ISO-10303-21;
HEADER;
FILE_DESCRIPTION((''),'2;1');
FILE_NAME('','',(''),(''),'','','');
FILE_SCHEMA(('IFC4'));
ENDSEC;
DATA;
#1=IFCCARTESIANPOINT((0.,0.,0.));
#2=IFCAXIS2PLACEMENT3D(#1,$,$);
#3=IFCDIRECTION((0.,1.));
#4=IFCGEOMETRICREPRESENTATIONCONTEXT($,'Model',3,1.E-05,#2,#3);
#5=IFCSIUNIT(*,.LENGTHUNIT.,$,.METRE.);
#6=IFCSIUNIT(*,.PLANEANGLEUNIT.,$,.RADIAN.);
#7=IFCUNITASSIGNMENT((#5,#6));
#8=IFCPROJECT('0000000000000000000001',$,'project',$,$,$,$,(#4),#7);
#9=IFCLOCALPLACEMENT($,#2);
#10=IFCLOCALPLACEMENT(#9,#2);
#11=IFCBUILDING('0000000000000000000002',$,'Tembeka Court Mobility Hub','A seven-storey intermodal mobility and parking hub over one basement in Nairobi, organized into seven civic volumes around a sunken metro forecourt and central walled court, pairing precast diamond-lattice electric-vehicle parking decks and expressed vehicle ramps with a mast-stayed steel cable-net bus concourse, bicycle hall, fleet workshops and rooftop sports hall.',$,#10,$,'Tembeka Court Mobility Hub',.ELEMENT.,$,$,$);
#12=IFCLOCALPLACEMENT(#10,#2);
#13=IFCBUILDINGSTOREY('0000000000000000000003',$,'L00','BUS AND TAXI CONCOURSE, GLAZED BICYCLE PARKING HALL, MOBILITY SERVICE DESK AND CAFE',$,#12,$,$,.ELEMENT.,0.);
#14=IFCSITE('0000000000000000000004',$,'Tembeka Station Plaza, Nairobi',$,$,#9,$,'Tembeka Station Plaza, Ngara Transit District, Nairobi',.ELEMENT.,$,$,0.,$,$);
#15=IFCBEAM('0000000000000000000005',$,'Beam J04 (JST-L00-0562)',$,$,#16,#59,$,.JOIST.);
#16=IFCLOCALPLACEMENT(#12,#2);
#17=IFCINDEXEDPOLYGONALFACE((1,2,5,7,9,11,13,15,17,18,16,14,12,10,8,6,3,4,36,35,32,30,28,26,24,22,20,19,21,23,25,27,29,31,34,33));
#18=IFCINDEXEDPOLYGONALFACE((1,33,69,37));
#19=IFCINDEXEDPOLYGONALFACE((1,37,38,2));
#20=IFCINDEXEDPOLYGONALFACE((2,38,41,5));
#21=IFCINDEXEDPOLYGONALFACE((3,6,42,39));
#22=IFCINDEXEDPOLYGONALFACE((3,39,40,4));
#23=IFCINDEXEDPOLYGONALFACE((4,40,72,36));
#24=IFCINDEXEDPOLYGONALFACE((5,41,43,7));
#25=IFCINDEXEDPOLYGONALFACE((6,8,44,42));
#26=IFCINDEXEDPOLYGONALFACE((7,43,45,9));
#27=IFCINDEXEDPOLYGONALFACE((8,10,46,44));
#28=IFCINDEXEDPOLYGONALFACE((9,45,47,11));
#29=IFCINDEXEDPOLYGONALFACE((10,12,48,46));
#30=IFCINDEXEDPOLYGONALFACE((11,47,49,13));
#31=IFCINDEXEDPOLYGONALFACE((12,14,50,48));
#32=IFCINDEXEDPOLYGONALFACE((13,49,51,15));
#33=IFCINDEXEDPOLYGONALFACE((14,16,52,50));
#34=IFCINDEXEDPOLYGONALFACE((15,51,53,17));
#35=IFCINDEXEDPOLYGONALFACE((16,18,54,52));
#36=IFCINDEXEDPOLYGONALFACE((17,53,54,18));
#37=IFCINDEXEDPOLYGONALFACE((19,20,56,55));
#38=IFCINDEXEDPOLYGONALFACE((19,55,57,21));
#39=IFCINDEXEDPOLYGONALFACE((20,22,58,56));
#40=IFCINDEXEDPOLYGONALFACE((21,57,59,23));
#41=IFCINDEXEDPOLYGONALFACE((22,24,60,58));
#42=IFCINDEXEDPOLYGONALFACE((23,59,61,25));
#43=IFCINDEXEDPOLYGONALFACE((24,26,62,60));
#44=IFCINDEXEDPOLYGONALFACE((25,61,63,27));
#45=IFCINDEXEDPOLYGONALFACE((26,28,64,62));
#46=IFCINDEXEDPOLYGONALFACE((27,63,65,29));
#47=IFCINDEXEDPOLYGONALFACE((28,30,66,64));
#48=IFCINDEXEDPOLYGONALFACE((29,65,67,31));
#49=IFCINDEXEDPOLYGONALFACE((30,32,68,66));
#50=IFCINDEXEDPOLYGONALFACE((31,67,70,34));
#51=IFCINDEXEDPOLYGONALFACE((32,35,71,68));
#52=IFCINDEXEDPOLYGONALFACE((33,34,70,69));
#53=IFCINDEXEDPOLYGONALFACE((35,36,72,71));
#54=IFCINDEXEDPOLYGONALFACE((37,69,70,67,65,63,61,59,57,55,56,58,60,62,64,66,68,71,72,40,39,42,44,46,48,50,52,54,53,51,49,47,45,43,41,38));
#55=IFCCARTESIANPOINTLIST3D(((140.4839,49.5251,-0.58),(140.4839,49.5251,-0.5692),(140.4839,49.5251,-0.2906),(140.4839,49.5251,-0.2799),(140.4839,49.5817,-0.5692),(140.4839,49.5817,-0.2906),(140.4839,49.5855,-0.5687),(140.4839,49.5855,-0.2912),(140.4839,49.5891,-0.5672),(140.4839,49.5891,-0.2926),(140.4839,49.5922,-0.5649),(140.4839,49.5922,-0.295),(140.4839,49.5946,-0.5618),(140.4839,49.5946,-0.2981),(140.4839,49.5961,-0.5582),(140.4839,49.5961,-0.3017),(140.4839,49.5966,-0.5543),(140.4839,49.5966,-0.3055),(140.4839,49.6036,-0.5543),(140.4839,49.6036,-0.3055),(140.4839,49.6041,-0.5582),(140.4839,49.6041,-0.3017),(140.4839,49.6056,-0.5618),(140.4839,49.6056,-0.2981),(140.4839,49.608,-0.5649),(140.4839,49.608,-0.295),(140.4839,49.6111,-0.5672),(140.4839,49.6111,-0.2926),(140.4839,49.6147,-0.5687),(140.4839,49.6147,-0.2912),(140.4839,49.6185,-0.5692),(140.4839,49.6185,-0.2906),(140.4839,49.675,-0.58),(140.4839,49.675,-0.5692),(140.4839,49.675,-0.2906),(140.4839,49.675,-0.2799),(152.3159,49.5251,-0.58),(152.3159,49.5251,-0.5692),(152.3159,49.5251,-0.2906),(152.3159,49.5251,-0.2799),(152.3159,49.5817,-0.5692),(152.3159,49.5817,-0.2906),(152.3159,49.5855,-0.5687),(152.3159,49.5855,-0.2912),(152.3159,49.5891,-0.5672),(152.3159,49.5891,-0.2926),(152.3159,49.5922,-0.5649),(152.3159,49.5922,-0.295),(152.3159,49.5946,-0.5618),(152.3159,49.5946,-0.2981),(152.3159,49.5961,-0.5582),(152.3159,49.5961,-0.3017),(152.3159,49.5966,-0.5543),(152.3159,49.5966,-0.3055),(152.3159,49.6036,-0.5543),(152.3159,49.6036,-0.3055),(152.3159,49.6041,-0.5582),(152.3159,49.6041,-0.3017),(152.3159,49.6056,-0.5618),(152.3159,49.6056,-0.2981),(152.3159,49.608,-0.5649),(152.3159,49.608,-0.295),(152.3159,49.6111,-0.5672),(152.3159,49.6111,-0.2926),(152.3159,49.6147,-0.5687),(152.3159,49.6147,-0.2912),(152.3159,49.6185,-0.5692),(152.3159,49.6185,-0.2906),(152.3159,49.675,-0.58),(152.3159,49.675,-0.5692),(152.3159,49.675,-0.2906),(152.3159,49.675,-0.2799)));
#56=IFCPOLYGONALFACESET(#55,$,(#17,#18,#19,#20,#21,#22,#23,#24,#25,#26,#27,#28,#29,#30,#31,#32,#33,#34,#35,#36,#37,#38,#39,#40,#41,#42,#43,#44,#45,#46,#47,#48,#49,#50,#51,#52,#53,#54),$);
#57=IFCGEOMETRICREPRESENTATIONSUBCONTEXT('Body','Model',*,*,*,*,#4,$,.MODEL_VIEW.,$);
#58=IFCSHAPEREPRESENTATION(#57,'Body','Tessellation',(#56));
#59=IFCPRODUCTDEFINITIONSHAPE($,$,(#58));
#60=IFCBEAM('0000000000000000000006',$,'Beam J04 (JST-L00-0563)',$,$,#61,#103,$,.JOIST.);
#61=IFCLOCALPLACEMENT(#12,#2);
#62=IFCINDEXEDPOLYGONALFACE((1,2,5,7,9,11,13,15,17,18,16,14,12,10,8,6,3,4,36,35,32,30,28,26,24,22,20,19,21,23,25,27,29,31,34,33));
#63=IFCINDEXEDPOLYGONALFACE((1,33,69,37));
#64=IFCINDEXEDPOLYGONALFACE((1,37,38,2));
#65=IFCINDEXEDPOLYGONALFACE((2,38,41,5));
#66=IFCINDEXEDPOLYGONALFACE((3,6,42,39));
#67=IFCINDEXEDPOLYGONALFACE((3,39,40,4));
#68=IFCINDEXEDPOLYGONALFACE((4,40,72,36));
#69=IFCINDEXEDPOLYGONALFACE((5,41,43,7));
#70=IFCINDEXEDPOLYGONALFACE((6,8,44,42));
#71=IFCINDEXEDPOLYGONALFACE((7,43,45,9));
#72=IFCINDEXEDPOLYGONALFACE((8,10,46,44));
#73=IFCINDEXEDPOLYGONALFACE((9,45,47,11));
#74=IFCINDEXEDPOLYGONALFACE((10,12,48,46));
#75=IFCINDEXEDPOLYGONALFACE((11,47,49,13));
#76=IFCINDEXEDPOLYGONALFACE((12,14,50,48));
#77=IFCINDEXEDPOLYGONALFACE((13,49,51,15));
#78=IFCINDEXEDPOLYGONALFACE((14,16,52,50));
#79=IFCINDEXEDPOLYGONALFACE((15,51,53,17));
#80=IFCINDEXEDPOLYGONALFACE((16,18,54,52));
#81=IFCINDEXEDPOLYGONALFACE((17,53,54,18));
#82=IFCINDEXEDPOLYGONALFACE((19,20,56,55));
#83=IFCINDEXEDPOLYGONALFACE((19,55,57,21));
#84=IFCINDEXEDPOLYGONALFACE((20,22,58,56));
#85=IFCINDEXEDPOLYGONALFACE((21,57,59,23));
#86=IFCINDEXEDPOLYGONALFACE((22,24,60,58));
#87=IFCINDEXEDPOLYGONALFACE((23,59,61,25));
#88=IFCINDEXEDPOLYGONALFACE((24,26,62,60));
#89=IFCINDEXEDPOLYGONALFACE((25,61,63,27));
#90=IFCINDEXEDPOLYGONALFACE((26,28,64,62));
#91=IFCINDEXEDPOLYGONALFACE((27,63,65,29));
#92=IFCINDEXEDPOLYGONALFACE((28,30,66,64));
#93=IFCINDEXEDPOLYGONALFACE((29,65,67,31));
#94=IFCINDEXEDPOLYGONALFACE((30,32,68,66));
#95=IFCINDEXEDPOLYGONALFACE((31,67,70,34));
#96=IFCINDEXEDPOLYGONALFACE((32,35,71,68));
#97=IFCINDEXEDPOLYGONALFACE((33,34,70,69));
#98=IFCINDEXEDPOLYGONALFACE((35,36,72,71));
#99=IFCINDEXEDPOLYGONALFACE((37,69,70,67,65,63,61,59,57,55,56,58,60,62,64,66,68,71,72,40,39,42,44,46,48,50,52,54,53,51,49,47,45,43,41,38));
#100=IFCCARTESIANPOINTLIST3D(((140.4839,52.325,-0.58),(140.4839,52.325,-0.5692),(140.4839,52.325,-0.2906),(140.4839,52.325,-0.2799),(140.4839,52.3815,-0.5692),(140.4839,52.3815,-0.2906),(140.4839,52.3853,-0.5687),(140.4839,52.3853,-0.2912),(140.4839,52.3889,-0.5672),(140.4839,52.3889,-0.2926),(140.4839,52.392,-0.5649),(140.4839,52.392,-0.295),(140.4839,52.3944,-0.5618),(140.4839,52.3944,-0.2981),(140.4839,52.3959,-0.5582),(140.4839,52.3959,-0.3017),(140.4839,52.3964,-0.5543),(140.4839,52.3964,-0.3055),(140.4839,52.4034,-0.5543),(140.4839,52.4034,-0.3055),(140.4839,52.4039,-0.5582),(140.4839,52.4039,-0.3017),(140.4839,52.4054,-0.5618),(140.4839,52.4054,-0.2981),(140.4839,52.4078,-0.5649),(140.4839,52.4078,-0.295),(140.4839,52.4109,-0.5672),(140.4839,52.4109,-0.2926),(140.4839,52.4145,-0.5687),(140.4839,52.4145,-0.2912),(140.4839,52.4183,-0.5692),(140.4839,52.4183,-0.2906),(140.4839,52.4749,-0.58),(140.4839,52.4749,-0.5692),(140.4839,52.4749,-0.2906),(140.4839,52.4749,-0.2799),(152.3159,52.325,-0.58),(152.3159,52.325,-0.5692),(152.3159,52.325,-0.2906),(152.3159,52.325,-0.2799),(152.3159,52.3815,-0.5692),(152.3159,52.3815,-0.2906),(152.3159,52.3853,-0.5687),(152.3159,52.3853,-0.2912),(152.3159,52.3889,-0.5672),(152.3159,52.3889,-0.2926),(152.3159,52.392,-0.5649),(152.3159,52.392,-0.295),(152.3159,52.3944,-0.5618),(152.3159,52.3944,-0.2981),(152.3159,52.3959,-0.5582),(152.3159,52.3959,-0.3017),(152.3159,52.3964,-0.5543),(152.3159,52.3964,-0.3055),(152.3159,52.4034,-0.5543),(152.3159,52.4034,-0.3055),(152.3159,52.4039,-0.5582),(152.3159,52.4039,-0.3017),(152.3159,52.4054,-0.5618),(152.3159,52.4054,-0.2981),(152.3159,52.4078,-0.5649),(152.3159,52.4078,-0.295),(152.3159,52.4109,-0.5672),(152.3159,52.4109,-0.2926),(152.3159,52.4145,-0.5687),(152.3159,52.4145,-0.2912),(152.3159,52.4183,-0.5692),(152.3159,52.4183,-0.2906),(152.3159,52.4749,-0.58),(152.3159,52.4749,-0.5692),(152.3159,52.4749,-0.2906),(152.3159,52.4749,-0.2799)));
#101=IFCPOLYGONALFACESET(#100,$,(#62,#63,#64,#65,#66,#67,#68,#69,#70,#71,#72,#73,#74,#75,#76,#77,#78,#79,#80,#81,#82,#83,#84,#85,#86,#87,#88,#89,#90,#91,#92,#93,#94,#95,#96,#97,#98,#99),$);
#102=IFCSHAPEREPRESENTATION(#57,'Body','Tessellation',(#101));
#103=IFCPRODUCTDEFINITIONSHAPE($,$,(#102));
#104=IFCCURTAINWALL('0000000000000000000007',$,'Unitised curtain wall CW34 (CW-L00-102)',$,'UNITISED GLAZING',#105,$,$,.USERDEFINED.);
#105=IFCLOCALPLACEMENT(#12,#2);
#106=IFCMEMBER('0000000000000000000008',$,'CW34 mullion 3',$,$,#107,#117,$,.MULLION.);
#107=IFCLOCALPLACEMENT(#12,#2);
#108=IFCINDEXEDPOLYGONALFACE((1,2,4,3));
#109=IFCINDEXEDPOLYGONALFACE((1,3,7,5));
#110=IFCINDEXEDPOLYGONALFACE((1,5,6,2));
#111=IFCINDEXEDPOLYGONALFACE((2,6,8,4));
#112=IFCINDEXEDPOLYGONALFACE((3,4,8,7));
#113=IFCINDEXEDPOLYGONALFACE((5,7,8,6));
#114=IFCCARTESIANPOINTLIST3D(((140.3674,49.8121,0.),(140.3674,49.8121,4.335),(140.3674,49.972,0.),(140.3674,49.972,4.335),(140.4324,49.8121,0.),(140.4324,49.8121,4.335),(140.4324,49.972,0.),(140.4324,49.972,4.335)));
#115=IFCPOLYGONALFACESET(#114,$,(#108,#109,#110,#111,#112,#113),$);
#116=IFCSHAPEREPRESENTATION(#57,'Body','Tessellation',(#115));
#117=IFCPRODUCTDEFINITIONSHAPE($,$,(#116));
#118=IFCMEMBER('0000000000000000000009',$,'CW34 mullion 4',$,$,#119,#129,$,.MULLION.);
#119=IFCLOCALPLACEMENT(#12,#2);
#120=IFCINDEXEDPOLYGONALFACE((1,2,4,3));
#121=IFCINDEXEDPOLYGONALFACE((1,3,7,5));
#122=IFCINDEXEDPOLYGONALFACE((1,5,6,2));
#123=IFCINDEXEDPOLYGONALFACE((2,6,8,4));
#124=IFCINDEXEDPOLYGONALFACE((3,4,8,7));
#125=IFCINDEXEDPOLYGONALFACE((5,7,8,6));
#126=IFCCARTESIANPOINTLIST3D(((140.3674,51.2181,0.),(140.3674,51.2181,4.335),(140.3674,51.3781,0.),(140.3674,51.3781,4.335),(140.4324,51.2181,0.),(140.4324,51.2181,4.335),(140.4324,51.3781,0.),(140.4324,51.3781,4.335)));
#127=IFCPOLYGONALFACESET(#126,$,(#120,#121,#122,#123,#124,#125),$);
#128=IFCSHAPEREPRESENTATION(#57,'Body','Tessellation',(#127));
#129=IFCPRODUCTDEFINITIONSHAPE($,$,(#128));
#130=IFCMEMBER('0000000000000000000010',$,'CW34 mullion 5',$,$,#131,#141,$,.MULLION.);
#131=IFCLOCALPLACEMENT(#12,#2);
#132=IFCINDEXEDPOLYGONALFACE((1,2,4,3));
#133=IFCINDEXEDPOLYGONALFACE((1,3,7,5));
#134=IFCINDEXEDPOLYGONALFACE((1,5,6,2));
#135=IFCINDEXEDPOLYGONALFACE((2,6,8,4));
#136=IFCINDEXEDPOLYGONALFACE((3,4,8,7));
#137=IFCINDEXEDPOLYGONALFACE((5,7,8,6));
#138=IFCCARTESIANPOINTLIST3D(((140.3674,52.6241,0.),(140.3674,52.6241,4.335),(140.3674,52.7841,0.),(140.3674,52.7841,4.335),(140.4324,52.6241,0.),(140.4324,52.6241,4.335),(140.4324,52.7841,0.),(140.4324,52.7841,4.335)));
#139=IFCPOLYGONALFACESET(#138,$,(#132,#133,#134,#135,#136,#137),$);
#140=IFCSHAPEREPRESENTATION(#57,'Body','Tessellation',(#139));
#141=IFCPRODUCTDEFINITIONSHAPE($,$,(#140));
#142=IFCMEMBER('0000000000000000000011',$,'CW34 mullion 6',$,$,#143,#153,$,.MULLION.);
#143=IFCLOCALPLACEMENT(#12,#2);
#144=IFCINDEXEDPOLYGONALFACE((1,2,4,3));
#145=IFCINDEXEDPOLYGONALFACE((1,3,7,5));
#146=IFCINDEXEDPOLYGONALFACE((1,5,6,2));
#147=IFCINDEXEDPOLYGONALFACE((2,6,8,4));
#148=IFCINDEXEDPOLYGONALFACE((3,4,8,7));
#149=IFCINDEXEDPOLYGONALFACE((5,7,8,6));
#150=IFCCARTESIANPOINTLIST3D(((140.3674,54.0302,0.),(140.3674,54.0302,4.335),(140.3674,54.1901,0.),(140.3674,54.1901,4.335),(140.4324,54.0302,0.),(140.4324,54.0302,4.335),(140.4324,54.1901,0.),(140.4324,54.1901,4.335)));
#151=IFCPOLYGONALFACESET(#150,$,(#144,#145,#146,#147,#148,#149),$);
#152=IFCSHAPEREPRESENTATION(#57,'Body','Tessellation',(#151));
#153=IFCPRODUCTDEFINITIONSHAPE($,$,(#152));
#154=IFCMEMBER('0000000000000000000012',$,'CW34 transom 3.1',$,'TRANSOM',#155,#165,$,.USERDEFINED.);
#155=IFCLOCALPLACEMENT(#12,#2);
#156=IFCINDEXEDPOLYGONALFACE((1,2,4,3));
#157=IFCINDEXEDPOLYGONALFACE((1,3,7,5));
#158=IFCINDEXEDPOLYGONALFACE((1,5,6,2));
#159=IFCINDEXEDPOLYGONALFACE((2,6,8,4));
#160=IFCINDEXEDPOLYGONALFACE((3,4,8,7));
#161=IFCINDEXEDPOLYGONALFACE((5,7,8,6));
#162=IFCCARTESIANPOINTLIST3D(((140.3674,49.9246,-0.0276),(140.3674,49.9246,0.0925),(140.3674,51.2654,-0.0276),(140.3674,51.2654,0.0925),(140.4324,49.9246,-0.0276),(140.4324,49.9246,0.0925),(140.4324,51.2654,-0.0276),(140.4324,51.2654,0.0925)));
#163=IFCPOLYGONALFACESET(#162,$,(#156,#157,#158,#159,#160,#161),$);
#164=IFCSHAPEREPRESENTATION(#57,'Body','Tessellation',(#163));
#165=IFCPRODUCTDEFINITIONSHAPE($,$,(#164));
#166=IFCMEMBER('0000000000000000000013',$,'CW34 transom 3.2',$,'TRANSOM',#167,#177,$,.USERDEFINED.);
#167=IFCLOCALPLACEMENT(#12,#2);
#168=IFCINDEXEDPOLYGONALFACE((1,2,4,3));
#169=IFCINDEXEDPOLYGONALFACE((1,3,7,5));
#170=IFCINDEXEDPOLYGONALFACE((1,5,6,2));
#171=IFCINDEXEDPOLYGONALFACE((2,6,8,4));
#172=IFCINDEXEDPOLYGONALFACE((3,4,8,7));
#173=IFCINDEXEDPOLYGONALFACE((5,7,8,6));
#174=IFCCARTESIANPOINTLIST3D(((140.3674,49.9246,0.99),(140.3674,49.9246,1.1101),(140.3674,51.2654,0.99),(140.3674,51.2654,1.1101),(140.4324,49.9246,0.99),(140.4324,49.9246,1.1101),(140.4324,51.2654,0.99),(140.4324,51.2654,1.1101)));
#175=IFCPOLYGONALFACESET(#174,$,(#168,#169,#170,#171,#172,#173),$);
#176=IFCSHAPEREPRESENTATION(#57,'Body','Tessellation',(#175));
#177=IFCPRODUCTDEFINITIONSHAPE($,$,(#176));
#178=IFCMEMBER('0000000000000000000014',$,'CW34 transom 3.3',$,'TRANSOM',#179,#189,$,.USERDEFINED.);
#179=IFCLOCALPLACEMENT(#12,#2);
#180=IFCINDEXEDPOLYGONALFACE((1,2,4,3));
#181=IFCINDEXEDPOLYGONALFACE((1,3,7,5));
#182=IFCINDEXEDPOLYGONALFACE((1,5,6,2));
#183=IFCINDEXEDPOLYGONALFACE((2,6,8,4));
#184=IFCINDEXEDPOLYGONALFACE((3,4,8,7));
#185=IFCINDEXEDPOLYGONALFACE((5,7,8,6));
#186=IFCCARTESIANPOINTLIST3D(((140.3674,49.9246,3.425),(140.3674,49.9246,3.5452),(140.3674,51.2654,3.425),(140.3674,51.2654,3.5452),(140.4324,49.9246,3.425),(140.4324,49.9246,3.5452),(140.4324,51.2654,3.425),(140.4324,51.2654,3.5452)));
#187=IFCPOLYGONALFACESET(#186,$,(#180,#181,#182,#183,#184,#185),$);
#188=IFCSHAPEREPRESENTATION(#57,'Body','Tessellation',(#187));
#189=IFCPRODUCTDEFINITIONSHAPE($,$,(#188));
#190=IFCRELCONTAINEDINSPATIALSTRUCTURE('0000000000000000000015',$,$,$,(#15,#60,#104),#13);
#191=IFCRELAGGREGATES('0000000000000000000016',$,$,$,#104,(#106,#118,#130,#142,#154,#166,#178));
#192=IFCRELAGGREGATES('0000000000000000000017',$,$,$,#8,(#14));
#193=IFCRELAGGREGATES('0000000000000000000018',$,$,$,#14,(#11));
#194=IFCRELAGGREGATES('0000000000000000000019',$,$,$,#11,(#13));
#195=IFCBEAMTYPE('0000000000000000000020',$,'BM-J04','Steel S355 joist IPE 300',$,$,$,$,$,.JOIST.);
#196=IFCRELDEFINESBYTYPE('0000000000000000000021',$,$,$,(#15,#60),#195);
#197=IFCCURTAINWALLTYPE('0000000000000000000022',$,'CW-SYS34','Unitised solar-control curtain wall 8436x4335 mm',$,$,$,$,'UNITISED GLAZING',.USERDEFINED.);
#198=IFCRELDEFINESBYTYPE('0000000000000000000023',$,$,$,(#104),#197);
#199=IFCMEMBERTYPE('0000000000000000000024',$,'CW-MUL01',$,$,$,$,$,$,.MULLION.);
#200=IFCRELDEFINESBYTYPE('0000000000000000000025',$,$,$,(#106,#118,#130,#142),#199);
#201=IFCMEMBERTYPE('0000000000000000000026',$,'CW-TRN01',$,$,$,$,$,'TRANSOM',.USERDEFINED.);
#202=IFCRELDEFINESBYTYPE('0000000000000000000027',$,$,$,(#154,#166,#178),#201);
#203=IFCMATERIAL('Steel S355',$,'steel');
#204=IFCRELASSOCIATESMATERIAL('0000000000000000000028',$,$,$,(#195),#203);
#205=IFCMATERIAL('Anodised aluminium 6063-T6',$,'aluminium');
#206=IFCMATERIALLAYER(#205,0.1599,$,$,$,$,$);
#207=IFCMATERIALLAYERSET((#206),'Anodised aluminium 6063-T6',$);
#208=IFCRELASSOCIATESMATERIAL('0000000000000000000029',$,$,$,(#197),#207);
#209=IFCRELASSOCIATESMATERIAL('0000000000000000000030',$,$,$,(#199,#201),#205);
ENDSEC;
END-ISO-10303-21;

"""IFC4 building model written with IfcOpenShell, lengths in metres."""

from ifc_helpers import new_model, si_unit, direction, frame, origin, origin_2d, place, context, subcontext, project, spatial, rectangle, i_section, extrude, material, layer, layer_set, material_profile, profile_set, type_object, element, aggregate, save


model = new_model("IFC4")

# Units and contexts
model_context = context("Model", 3, precision=1e-05, world=origin(), true_north=direction((0.0, 1.0)))
body_context = subcontext(model_context, "Body", "Model", "MODEL_VIEW")
ifc_project = project(units=[si_unit("LENGTHUNIT", "METRE"), si_unit("PLANEANGLEUNIT", "RADIAN")], contexts=[model_context])

# Site, building, storey
site_placement = place(None, origin())
site = spatial("IfcSite", under=ifc_project, at=site_placement, Name="Tembeka Station Plaza, Nairobi", LongName="Tembeka Station Plaza, Ngara Transit District, Nairobi", CompositionType="ELEMENT", RefElevation=0.0)
building_placement = place(site_placement, origin())
building = spatial("IfcBuilding", under=site, at=building_placement, Name="Tembeka Court Mobility Hub", Description="A seven-storey intermodal mobility and parking hub over one basement in Nairobi, organized into seven civic volumes around a sunken metro forecourt and central walled court, pairing precast diamond-lattice electric-vehicle parking decks and expressed vehicle ramps with a mast-stayed steel cable-net bus concourse, bicycle hall, fleet workshops and rooftop sports hall.", LongName="Tembeka Court Mobility Hub", CompositionType="ELEMENT")
storey_placement = place(building_placement, origin())
storey = spatial("IfcBuildingStorey", under=building, at=storey_placement, Name="L00", Description="BUS AND TAXI CONCOURSE, GLAZED BICYCLE PARKING HALL, MOBILITY SERVICE DESK AND CAFE", CompositionType="ELEMENT", Elevation=0.0)

# Beams
ifc_material_1 = material(Name="Steel S355", Category="steel")
ifc_material_profile_1 = material_profile(ifc_material_1, i_section(OverallWidth=0.1499, OverallDepth=0.3, WebThickness=0.0071, FlangeThickness=0.0107, FilletRadius=0.0149, at=origin_2d()), Name="IPE 300")
ifc_profile_set_1 = profile_set([ifc_material_profile_1], Name="Steel S355")
beam_type = type_object("IfcBeamType", Name="BM-J04", Description="Steel S355 joist IPE 300", PredefinedType="JOIST", material=ifc_profile_set_1)
for number, where, z_axis, x_axis, name in (
    (1, (140.4839, 49.6001, -0.4299), (1.0, 0.0, 0.0), (0.0, 1.0, 0.0), "Beam J04 (JST-L00-0562)"),
    (2, (140.4839, 52.3999, -0.4299), (1.0, 0.0, 0.0), (0.0, 1.0, 0.0), "Beam J04 (JST-L00-0563)"),
):
    element("IfcBeam", number, at=place(storey_placement, frame(where, z_axis=z_axis, x_axis=x_axis)), inside=storey, type_object=beam_type, Name=name, PredefinedType="JOIST", context=body_context, shape_type="SweptSolid", body=[
        extrude(i_section(OverallWidth=0.1499, OverallDepth=0.3, WebThickness=0.0071, FlangeThickness=0.0107, FilletRadius=0.0149, at=origin_2d()), origin(), (0.0, 0.0, 1.0), 11.832),
    ])

# Curtain wall, members
ifc_material_2 = material(Name="Anodised aluminium 6063-T6", Category="aluminium")
ifc_layer_1 = layer(ifc_material_2, 0.1599)
ifc_layer_set_1 = layer_set([ifc_layer_1], Name="Anodised aluminium 6063-T6")
curtain_wall_type = type_object("IfcCurtainWallType", Name="CW-SYS34", Description="Unitised solar-control curtain wall 8436x4335 mm", ElementType="UNITISED GLAZING", PredefinedType="USERDEFINED", material=ifc_layer_set_1)
curtain_wall_placement = place(storey_placement, origin())
curtain_wall = element("IfcCurtainWall", 3, at=curtain_wall_placement, inside=storey, type_object=curtain_wall_type, Name="Unitised curtain wall CW34 (CW-L00-102)", ObjectType="UNITISED GLAZING", PredefinedType="USERDEFINED")
ifc_material_profile_2 = material_profile(ifc_material_2, rectangle(XDim=0.0649, YDim=0.1599, at=origin_2d()), Name="ALU-MUL 65x160")
ifc_profile_set_2 = profile_set([ifc_material_profile_2], Name="Anodised aluminium 6063-T6")
member_type_1 = type_object("IfcMemberType", Name="CW-MUL01", PredefinedType="MULLION", material=ifc_profile_set_2)
member_1_placement = place(storey_placement, frame((140.3999, 49.8921, 0.0), z_axis=(0.0, 0.0, 1.0), x_axis=(-1.0, 0.0, 0.0)))
member_1 = element("IfcMember", 4, at=member_1_placement, type_object=member_type_1, Name="CW34 mullion 3", PredefinedType="MULLION", context=body_context, shape_type="SweptSolid", body=[
    extrude(rectangle(XDim=0.0649, YDim=0.1599, at=origin_2d()), origin(), (0.0, 0.0, 1.0), 4.335),
])
member_2_placement = place(storey_placement, frame((140.3999, 51.2981, 0.0), z_axis=(0.0, 0.0, 1.0), x_axis=(-1.0, 0.0, 0.0)))
member_2 = element("IfcMember", 5, at=member_2_placement, type_object=member_type_1, Name="CW34 mullion 4", PredefinedType="MULLION", context=body_context, shape_type="SweptSolid", body=[
    extrude(rectangle(XDim=0.0649, YDim=0.1599, at=origin_2d()), origin(), (0.0, 0.0, 1.0), 4.335),
])
member_3_placement = place(storey_placement, frame((140.3999, 52.7041, 0.0), z_axis=(0.0, 0.0, 1.0), x_axis=(-1.0, 0.0, 0.0)))
member_3 = element("IfcMember", 6, at=member_3_placement, type_object=member_type_1, Name="CW34 mullion 5", PredefinedType="MULLION", context=body_context, shape_type="SweptSolid", body=[
    extrude(rectangle(XDim=0.0649, YDim=0.1599, at=origin_2d()), origin(), (0.0, 0.0, 1.0), 4.335),
])
member_4_placement = place(storey_placement, frame((140.3999, 54.1101, 0.0), z_axis=(0.0, 0.0, 1.0), x_axis=(-1.0, 0.0, 0.0)))
member_4 = element("IfcMember", 7, at=member_4_placement, type_object=member_type_1, Name="CW34 mullion 6", PredefinedType="MULLION", context=body_context, shape_type="SweptSolid", body=[
    extrude(rectangle(XDim=0.0649, YDim=0.1599, at=origin_2d()), origin(), (0.0, 0.0, 1.0), 4.335),
])
ifc_material_profile_3 = material_profile(ifc_material_2, rectangle(XDim=0.0649, YDim=0.1201, at=origin_2d()), Name="ALU-TRN 65x120")
ifc_profile_set_3 = profile_set([ifc_material_profile_3], Name="Anodised aluminium 6063-T6")
member_type_2 = type_object("IfcMemberType", Name="CW-TRN01", ElementType="TRANSOM", PredefinedType="USERDEFINED", material=ifc_profile_set_3)
member_5_placement = place(storey_placement, frame((140.3999, 49.9246, 0.0325), z_axis=(0.0, 1.0, 0.0), x_axis=(-1.0, 0.0, 0.0)))
member_5 = element("IfcMember", 8, at=member_5_placement, type_object=member_type_2, Name="CW34 transom 3.1", ObjectType="TRANSOM", PredefinedType="USERDEFINED", context=body_context, shape_type="SweptSolid", body=[
    extrude(rectangle(XDim=0.0649, YDim=0.1201, at=origin_2d()), origin(), (0.0, 0.0, 1.0), 1.3408),
])
member_6_placement = place(storey_placement, frame((140.3999, 49.9246, 1.05), z_axis=(0.0, 1.0, 0.0), x_axis=(-1.0, 0.0, 0.0)))
member_6 = element("IfcMember", 9, at=member_6_placement, type_object=member_type_2, Name="CW34 transom 3.2", ObjectType="TRANSOM", PredefinedType="USERDEFINED", context=body_context, shape_type="SweptSolid", body=[
    extrude(rectangle(XDim=0.0649, YDim=0.1201, at=origin_2d()), origin(), (0.0, 0.0, 1.0), 1.3408),
])
member_7_placement = place(storey_placement, frame((140.3999, 49.9246, 3.4851), z_axis=(0.0, 1.0, 0.0), x_axis=(-1.0, 0.0, 0.0)))
member_7 = element("IfcMember", 10, at=member_7_placement, type_object=member_type_2, Name="CW34 transom 3.3", ObjectType="TRANSOM", PredefinedType="USERDEFINED", context=body_context, shape_type="SweptSolid", body=[
    extrude(rectangle(XDim=0.0649, YDim=0.1201, at=origin_2d()), origin(), (0.0, 0.0, 1.0), 1.3408),
])
aggregate(curtain_wall, [member_1, member_2, member_3, member_4, member_5, member_6, member_7])

save(model, "model.ifc")
